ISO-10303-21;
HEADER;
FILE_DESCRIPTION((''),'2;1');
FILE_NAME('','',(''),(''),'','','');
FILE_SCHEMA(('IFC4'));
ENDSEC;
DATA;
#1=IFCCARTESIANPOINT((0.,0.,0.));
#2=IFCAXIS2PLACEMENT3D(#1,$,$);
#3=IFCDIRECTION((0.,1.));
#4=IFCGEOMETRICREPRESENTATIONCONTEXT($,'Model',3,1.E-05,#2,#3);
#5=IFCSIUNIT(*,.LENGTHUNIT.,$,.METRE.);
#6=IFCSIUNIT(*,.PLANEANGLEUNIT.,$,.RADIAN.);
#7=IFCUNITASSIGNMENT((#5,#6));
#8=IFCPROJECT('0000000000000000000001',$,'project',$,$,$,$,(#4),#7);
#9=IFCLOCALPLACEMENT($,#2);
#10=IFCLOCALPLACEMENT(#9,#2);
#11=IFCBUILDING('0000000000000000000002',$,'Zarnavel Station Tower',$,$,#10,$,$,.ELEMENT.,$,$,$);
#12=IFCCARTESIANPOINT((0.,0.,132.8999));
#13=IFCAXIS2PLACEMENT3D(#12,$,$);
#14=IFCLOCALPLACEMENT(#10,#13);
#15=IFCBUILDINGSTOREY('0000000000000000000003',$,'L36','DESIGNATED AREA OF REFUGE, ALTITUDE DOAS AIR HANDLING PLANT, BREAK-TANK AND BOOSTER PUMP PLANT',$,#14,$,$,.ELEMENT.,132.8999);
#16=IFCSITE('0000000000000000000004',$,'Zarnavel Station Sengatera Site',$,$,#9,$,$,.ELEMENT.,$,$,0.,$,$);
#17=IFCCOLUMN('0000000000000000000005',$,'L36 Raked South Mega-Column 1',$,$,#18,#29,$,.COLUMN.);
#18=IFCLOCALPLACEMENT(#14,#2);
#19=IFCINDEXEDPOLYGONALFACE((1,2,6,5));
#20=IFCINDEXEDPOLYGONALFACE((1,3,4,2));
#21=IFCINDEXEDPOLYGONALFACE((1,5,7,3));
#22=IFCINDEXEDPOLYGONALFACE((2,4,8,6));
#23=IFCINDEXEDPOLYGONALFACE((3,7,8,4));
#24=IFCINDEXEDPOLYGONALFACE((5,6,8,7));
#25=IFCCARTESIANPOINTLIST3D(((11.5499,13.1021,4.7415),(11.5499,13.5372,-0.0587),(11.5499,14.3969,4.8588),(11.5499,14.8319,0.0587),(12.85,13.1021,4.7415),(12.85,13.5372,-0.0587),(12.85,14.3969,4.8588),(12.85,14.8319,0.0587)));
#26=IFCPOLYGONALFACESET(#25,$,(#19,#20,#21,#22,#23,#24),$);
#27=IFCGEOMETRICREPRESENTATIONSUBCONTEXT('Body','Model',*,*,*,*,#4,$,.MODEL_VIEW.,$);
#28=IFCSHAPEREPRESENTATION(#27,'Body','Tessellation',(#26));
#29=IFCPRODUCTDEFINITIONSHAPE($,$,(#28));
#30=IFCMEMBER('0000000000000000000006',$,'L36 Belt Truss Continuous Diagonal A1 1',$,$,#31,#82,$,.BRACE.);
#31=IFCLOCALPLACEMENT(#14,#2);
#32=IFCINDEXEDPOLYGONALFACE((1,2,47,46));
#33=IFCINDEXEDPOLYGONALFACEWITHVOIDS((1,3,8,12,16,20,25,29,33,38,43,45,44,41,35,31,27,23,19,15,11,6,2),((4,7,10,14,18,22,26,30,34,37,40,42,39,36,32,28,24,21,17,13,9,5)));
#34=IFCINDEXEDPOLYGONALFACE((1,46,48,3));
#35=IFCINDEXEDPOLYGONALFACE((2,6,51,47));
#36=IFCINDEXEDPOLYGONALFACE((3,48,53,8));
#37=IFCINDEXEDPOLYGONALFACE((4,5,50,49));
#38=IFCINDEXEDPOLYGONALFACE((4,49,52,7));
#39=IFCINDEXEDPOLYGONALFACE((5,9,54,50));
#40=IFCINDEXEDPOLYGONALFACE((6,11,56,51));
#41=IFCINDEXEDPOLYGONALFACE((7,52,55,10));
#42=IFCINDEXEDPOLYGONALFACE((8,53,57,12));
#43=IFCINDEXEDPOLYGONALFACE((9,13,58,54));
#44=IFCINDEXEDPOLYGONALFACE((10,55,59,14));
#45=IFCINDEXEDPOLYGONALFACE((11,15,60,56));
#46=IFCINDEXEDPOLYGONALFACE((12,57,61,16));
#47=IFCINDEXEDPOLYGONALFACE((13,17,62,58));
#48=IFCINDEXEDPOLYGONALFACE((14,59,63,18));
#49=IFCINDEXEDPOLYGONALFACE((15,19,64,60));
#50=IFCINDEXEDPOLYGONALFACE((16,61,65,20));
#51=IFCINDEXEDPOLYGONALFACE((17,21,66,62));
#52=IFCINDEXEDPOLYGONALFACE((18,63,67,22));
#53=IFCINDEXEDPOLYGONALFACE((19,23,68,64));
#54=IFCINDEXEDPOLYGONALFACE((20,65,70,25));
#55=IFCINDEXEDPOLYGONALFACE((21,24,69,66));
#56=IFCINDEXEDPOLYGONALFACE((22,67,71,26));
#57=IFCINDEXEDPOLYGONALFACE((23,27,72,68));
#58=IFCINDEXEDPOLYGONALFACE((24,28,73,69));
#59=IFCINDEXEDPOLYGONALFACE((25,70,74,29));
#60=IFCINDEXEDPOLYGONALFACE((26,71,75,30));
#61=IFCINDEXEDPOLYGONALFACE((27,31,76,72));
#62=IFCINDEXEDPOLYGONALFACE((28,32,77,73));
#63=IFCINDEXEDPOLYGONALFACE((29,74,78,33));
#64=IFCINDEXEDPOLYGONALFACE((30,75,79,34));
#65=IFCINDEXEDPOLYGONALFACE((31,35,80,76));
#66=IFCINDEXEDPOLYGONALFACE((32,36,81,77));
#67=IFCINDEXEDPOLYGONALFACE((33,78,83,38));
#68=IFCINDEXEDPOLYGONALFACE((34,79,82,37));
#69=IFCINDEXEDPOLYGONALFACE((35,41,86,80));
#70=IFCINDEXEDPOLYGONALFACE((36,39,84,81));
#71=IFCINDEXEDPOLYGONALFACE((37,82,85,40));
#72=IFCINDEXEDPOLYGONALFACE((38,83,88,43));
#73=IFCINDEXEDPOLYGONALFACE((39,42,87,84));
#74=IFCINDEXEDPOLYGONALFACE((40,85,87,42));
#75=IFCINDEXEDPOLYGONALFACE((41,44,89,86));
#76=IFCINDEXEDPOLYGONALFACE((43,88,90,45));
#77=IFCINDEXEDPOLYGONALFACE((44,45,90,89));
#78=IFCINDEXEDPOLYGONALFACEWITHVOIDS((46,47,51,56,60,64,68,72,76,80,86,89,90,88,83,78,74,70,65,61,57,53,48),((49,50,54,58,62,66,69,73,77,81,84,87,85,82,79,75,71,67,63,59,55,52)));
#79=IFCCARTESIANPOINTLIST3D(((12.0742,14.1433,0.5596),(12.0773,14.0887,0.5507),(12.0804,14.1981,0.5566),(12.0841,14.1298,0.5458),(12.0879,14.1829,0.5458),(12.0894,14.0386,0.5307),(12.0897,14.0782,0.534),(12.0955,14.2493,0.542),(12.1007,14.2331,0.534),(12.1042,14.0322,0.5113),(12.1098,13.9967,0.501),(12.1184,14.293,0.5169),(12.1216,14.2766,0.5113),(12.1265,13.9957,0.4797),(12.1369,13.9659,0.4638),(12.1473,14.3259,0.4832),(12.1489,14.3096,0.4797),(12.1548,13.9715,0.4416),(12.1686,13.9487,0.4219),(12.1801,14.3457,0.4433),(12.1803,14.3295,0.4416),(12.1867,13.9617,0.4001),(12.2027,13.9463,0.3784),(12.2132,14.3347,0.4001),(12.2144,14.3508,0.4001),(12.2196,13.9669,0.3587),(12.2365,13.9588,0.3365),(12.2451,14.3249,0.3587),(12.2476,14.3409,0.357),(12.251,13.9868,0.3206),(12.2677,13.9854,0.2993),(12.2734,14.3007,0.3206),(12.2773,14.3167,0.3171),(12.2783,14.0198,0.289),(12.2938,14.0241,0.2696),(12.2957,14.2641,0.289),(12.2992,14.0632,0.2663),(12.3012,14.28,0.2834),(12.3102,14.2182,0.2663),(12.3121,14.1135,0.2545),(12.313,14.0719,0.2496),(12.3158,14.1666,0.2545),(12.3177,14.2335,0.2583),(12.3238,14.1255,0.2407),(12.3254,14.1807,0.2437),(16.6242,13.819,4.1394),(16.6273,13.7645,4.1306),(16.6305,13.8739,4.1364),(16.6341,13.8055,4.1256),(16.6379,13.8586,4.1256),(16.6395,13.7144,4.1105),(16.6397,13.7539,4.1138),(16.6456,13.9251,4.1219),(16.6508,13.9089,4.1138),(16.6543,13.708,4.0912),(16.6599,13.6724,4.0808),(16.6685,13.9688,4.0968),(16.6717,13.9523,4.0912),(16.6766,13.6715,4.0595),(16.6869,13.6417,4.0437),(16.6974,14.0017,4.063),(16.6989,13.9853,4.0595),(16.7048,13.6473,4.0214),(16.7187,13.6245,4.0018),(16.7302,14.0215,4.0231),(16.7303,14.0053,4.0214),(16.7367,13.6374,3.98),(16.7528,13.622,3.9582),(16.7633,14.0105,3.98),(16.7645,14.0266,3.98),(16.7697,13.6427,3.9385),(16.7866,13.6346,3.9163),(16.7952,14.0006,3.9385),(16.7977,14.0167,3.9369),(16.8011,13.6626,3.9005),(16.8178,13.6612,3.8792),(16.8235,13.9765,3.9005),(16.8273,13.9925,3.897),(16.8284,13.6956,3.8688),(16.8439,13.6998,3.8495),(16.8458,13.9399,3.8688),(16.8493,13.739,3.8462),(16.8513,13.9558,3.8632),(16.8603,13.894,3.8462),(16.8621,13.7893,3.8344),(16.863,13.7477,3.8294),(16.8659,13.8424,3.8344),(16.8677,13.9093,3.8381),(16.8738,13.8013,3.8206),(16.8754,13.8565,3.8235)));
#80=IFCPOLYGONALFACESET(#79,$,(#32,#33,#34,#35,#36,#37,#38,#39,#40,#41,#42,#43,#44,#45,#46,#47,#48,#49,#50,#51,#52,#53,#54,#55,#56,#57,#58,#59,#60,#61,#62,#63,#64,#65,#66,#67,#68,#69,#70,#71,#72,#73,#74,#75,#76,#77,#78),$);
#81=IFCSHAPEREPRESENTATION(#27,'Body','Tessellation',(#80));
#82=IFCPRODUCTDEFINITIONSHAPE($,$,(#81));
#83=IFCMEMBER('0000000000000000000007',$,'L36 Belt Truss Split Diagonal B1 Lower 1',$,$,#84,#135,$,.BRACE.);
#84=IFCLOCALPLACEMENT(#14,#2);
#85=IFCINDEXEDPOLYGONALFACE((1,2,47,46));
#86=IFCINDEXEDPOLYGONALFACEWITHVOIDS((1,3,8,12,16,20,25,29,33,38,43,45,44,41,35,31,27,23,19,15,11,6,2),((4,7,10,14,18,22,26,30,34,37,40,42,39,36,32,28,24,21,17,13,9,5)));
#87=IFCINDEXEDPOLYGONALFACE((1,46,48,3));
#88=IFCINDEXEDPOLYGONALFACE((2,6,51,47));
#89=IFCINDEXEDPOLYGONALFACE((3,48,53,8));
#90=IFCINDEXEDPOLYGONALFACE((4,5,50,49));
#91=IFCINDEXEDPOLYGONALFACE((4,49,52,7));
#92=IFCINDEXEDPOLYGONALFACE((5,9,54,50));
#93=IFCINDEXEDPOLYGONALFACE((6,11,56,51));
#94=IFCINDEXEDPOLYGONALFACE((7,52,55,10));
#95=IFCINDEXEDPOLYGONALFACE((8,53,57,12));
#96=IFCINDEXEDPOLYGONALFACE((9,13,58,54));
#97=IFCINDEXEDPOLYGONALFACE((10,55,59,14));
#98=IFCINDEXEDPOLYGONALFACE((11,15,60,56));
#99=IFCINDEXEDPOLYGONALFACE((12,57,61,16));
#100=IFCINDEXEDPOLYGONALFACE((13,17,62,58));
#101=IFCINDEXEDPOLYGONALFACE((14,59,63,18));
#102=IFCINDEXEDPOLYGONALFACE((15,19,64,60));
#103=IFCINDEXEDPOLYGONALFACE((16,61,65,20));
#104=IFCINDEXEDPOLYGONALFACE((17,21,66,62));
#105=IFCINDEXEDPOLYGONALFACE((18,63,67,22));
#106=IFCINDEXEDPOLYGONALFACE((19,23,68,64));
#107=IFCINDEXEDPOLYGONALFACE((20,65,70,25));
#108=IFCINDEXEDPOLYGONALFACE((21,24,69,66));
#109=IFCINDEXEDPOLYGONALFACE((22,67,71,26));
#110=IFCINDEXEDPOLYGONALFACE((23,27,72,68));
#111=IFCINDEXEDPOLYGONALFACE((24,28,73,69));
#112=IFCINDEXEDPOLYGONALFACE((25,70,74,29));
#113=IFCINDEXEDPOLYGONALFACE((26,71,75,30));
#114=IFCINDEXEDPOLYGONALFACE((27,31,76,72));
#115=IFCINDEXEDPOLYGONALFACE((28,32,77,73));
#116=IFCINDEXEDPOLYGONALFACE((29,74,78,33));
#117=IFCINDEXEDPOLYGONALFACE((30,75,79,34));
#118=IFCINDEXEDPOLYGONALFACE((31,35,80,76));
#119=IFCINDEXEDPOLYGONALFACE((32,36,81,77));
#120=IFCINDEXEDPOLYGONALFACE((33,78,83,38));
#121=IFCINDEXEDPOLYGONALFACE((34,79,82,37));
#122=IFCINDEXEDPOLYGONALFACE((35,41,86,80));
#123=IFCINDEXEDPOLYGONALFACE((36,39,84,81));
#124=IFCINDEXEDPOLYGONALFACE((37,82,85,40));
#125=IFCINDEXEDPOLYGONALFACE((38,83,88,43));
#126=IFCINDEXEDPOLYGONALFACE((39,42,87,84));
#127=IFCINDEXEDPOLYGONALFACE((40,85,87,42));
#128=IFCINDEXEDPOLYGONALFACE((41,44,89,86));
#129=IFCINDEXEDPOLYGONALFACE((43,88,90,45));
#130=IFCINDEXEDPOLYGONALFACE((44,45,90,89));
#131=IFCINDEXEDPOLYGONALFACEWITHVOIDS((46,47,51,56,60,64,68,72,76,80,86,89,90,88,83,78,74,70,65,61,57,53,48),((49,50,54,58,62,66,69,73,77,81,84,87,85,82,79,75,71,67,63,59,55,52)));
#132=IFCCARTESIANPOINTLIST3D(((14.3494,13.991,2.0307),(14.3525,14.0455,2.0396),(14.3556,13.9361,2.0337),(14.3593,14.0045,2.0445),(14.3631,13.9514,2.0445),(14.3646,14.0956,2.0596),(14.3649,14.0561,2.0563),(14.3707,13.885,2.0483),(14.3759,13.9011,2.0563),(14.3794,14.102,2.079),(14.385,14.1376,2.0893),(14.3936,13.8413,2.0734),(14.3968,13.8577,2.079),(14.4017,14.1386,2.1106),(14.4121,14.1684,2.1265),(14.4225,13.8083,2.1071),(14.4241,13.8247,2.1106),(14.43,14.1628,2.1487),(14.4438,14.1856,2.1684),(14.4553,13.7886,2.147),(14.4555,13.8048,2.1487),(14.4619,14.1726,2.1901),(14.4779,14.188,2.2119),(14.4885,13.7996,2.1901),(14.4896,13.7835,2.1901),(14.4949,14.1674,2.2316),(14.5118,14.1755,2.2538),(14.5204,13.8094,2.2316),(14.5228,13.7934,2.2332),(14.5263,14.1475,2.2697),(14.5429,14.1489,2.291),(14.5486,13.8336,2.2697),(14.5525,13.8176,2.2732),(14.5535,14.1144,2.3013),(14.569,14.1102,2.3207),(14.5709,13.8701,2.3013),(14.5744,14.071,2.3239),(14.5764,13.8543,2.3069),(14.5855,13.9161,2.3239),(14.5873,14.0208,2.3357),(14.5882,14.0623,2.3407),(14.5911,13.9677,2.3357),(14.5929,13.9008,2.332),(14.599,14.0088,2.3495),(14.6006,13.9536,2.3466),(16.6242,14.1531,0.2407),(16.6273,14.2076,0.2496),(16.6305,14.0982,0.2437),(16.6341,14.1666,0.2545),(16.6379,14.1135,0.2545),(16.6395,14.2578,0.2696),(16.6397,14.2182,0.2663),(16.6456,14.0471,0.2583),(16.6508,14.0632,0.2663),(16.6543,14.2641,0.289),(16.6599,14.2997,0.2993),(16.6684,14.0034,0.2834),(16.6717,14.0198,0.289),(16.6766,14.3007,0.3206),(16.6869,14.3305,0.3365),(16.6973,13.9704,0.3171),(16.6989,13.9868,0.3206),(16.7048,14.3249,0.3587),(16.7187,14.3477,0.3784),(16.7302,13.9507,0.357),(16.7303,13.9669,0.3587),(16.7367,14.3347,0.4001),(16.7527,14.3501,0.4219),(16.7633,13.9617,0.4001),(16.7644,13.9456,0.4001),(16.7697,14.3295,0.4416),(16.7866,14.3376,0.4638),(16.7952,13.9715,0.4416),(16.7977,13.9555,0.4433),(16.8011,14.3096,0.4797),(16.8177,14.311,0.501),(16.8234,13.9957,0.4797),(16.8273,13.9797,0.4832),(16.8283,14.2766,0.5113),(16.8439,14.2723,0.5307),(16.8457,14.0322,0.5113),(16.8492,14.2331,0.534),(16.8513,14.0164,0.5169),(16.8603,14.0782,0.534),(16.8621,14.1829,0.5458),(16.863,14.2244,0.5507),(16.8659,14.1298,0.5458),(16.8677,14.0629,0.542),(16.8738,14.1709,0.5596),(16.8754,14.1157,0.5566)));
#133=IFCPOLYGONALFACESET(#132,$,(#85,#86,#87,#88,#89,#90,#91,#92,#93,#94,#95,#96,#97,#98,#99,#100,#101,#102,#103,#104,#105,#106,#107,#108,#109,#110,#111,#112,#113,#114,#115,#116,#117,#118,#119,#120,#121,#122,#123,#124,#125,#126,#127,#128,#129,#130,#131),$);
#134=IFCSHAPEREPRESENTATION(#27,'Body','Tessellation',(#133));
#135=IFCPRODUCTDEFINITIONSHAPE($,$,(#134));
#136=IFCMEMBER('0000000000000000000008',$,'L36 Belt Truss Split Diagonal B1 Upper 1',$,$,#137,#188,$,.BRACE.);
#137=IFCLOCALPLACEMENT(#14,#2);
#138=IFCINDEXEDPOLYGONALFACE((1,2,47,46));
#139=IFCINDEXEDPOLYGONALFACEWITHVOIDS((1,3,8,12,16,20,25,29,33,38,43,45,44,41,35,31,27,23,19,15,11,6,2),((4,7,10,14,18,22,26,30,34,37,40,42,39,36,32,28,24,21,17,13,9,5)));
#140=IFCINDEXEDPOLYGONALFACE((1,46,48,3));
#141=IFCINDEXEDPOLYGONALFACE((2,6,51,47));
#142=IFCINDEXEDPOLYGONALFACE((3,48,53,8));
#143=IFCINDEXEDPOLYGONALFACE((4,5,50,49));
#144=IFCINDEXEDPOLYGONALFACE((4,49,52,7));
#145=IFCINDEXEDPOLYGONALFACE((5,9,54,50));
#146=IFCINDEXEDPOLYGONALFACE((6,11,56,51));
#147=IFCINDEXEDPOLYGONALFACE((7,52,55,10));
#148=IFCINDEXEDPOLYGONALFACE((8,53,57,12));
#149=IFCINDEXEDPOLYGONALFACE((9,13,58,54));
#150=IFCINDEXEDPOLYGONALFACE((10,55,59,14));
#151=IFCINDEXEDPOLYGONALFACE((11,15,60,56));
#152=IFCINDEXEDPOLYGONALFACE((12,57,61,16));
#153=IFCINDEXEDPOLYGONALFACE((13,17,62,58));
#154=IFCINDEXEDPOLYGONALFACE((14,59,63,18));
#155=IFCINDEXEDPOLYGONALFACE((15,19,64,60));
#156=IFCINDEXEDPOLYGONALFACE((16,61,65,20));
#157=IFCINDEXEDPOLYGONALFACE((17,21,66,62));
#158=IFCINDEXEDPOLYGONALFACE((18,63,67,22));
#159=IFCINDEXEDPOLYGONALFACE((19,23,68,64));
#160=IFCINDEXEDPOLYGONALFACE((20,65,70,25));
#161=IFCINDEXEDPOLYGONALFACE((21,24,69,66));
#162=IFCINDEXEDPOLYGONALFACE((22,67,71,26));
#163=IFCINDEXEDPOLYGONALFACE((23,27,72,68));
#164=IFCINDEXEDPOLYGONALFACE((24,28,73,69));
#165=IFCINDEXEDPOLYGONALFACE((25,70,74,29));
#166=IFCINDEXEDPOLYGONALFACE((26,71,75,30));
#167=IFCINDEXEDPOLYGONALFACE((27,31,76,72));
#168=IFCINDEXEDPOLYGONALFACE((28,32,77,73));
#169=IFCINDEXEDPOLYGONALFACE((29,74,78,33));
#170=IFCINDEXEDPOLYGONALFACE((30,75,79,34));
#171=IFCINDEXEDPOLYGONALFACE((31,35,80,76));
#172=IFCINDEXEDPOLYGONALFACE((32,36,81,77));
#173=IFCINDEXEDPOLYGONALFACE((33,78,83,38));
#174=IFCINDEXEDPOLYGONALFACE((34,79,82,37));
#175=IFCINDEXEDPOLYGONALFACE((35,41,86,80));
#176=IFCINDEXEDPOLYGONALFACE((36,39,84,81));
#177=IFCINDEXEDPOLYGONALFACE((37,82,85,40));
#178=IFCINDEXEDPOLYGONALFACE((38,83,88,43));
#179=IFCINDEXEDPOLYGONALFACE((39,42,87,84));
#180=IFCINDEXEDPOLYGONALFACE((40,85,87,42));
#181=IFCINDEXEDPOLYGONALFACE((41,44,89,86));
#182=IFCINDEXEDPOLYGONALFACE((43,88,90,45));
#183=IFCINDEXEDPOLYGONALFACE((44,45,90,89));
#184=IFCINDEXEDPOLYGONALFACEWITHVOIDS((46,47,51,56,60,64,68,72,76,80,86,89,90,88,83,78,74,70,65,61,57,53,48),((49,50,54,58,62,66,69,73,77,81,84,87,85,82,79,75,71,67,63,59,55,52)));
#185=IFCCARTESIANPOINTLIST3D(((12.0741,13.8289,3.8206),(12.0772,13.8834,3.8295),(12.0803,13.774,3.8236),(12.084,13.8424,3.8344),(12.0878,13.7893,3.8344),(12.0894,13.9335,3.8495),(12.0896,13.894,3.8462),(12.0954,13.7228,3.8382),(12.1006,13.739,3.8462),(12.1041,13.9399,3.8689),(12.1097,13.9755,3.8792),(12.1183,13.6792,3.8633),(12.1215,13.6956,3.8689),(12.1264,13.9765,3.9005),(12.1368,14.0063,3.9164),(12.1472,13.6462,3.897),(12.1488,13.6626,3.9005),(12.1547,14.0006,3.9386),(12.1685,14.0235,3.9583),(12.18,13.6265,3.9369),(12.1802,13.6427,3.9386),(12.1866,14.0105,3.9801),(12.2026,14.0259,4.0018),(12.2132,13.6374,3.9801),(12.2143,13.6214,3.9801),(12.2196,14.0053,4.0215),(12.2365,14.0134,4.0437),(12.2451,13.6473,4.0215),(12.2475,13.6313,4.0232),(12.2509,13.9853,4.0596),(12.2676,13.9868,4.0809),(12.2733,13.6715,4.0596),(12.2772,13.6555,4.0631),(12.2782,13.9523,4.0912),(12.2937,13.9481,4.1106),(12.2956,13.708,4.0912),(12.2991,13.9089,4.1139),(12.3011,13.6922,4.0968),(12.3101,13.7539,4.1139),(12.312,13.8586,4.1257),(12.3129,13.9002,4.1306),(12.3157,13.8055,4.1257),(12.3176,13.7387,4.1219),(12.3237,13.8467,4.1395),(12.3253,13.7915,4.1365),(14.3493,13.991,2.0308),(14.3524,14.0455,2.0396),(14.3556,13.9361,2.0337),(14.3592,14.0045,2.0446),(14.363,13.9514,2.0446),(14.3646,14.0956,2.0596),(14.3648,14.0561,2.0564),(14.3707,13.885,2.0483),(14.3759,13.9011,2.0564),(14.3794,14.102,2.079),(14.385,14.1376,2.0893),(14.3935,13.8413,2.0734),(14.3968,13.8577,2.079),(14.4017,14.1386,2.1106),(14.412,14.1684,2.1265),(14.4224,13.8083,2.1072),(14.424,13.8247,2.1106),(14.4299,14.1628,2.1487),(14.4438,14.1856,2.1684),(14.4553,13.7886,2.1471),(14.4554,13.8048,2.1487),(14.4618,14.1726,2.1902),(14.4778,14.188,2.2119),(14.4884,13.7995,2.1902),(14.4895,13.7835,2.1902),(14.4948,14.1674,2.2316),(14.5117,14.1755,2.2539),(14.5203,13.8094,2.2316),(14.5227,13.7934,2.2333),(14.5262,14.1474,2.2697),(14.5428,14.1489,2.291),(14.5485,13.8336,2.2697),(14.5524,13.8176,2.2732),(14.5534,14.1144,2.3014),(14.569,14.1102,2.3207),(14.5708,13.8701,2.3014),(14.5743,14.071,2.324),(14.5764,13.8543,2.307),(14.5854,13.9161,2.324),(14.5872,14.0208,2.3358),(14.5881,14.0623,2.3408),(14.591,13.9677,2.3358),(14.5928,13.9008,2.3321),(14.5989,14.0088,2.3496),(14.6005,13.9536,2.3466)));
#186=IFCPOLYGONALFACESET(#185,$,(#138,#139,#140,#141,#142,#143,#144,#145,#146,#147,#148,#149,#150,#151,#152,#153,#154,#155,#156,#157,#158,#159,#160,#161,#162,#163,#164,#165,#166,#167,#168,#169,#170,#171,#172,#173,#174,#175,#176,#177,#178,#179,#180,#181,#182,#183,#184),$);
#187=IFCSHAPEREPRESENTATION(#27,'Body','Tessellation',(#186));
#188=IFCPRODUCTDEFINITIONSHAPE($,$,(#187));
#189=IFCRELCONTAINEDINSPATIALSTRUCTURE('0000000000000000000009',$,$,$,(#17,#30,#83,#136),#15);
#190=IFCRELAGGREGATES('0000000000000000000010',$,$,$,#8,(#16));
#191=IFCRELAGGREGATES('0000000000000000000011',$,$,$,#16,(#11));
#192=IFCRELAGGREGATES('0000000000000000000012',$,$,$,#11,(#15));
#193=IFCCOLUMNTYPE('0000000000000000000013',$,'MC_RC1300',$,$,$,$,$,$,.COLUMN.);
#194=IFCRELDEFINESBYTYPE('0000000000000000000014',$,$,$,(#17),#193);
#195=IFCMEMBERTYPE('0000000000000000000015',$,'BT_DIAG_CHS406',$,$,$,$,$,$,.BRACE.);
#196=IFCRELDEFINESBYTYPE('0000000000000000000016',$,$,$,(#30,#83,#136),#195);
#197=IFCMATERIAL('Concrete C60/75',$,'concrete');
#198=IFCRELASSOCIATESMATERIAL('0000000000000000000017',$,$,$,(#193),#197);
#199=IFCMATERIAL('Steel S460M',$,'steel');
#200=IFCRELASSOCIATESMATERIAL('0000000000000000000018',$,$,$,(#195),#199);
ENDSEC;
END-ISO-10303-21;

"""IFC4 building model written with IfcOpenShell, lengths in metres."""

from ifc_helpers import new_model, si_unit, direction, frame, origin, origin_2d, place, context, subcontext, project, spatial, rectangle, hollow_circle, extrude, material, material_profile, profile_set, type_object, element, save


model = new_model("IFC4")

# Units and contexts
model_context = context("Model", 3, precision=1e-05, world=origin(), true_north=direction((0.0, 1.0)))
body_context = subcontext(model_context, "Body", "Model", "MODEL_VIEW")
ifc_project = project(units=[si_unit("LENGTHUNIT", "METRE"), si_unit("PLANEANGLEUNIT", "RADIAN")], contexts=[model_context])

# Site, building, storey
site_placement = place(None, origin())
site = spatial("IfcSite", under=ifc_project, at=site_placement, Name="Zarnavel Station Sengatera Site", CompositionType="ELEMENT", RefElevation=0.0)
building_placement = place(site_placement, origin())
building = spatial("IfcBuilding", under=site, at=building_placement, Name="Zarnavel Station Tower", CompositionType="ELEMENT")
storey_placement = place(building_placement, frame((0.0, 0.0, 132.8999)))
storey = spatial("IfcBuildingStorey", under=building, at=storey_placement, Name="L36", Description="DESIGNATED AREA OF REFUGE, ALTITUDE DOAS AIR HANDLING PLANT, BREAK-TANK AND BOOSTER PUMP PLANT", CompositionType="ELEMENT", Elevation=132.8999)

# Column
ifc_material_1 = material(Name="Concrete C60/75", Category="concrete")
ifc_material_profile_1 = material_profile(ifc_material_1, rectangle(XDim=1.3, YDim=1.3, at=origin_2d()), Name="RC1300x1300")
ifc_profile_set_1 = profile_set([ifc_material_profile_1], Name="Concrete C60/75")
column_type = type_object("IfcColumnType", Name="MC_RC1300", PredefinedType="COLUMN", material=ifc_profile_set_1)
column_placement = place(storey_placement, frame((12.2, 14.1846, 0.0), z_axis=(0.0, -0.090266, 0.995918), x_axis=(1.0, 0.0, 0.0)))
element("IfcColumn", 1, at=column_placement, inside=storey, type_object=column_type, Name="L36 Raked South Mega-Column 1", PredefinedType="COLUMN", context=body_context, shape_type="SweptSolid", body=[
    extrude(rectangle(XDim=1.3, YDim=1.3, at=origin_2d()), origin(), (0.0, 0.0, 1.0), 4.8198),
])

# Members
ifc_material_2 = material(Name="Steel S460M", Category="steel")
ifc_material_profile_2 = material_profile(ifc_material_2, hollow_circle(Radius=0.2031, WallThickness=0.0161, at=origin_2d()), Name="CHS406.4x16")
ifc_profile_set_2 = profile_set([ifc_material_profile_2], Name="Steel S460M")
member_type_1 = type_object("IfcMemberType", Name="BT_DIAG_CHS406", PredefinedType="BRACE", material=ifc_profile_set_2)
member_1_placement = place(storey_placement, frame((12.2, 14.1482, 0.4001), z_axis=(0.784686, -0.055914, 0.617366), x_axis=(0.071076, 0.997471, 0.0)))
element("IfcMember", 2, at=member_1_placement, inside=storey, type_object=member_type_1, Name="L36 Belt Truss Continuous Diagonal A1 1", PredefinedType="BRACE", context=body_context, shape_type="SweptSolid", body=[
    extrude(hollow_circle(Radius=0.2031, WallThickness=0.0161, at=origin_2d()), origin(), (0.0, 0.0, 1.0), 5.7986),
])
member_2_placement = place(storey_placement, frame((16.75, 14.1482, 0.4001), z_axis=(-0.78465, -0.055914, 0.617413), x_axis=(0.07108, -0.997471, 0.0)))
element("IfcMember", 3, at=member_2_placement, inside=storey, type_object=member_type_1, Name="L36 Belt Truss Split Diagonal B1 Lower 1", PredefinedType="BRACE", context=body_context, shape_type="SweptSolid", body=[
    extrude(hollow_circle(Radius=0.2031, WallThickness=0.0161, at=origin_2d()), origin(), (0.0, 0.0, 1.0), 2.8992),
])
member_3_placement = place(storey_placement, frame((14.4751, 13.9861, 2.1902), z_axis=(-0.784723, -0.055913, 0.61732), x_axis=(0.071072, -0.997471, 0.0)))
element("IfcMember", 4, at=member_3_placement, inside=storey, type_object=member_type_1, Name="L36 Belt Truss Split Diagonal B1 Upper 1", PredefinedType="BRACE", context=body_context, shape_type="SweptSolid", body=[
    extrude(hollow_circle(Radius=0.2031, WallThickness=0.0161, at=origin_2d()), origin(), (0.0, 0.0, 1.0), 2.8994),
])

save(model, "model.ifc")
